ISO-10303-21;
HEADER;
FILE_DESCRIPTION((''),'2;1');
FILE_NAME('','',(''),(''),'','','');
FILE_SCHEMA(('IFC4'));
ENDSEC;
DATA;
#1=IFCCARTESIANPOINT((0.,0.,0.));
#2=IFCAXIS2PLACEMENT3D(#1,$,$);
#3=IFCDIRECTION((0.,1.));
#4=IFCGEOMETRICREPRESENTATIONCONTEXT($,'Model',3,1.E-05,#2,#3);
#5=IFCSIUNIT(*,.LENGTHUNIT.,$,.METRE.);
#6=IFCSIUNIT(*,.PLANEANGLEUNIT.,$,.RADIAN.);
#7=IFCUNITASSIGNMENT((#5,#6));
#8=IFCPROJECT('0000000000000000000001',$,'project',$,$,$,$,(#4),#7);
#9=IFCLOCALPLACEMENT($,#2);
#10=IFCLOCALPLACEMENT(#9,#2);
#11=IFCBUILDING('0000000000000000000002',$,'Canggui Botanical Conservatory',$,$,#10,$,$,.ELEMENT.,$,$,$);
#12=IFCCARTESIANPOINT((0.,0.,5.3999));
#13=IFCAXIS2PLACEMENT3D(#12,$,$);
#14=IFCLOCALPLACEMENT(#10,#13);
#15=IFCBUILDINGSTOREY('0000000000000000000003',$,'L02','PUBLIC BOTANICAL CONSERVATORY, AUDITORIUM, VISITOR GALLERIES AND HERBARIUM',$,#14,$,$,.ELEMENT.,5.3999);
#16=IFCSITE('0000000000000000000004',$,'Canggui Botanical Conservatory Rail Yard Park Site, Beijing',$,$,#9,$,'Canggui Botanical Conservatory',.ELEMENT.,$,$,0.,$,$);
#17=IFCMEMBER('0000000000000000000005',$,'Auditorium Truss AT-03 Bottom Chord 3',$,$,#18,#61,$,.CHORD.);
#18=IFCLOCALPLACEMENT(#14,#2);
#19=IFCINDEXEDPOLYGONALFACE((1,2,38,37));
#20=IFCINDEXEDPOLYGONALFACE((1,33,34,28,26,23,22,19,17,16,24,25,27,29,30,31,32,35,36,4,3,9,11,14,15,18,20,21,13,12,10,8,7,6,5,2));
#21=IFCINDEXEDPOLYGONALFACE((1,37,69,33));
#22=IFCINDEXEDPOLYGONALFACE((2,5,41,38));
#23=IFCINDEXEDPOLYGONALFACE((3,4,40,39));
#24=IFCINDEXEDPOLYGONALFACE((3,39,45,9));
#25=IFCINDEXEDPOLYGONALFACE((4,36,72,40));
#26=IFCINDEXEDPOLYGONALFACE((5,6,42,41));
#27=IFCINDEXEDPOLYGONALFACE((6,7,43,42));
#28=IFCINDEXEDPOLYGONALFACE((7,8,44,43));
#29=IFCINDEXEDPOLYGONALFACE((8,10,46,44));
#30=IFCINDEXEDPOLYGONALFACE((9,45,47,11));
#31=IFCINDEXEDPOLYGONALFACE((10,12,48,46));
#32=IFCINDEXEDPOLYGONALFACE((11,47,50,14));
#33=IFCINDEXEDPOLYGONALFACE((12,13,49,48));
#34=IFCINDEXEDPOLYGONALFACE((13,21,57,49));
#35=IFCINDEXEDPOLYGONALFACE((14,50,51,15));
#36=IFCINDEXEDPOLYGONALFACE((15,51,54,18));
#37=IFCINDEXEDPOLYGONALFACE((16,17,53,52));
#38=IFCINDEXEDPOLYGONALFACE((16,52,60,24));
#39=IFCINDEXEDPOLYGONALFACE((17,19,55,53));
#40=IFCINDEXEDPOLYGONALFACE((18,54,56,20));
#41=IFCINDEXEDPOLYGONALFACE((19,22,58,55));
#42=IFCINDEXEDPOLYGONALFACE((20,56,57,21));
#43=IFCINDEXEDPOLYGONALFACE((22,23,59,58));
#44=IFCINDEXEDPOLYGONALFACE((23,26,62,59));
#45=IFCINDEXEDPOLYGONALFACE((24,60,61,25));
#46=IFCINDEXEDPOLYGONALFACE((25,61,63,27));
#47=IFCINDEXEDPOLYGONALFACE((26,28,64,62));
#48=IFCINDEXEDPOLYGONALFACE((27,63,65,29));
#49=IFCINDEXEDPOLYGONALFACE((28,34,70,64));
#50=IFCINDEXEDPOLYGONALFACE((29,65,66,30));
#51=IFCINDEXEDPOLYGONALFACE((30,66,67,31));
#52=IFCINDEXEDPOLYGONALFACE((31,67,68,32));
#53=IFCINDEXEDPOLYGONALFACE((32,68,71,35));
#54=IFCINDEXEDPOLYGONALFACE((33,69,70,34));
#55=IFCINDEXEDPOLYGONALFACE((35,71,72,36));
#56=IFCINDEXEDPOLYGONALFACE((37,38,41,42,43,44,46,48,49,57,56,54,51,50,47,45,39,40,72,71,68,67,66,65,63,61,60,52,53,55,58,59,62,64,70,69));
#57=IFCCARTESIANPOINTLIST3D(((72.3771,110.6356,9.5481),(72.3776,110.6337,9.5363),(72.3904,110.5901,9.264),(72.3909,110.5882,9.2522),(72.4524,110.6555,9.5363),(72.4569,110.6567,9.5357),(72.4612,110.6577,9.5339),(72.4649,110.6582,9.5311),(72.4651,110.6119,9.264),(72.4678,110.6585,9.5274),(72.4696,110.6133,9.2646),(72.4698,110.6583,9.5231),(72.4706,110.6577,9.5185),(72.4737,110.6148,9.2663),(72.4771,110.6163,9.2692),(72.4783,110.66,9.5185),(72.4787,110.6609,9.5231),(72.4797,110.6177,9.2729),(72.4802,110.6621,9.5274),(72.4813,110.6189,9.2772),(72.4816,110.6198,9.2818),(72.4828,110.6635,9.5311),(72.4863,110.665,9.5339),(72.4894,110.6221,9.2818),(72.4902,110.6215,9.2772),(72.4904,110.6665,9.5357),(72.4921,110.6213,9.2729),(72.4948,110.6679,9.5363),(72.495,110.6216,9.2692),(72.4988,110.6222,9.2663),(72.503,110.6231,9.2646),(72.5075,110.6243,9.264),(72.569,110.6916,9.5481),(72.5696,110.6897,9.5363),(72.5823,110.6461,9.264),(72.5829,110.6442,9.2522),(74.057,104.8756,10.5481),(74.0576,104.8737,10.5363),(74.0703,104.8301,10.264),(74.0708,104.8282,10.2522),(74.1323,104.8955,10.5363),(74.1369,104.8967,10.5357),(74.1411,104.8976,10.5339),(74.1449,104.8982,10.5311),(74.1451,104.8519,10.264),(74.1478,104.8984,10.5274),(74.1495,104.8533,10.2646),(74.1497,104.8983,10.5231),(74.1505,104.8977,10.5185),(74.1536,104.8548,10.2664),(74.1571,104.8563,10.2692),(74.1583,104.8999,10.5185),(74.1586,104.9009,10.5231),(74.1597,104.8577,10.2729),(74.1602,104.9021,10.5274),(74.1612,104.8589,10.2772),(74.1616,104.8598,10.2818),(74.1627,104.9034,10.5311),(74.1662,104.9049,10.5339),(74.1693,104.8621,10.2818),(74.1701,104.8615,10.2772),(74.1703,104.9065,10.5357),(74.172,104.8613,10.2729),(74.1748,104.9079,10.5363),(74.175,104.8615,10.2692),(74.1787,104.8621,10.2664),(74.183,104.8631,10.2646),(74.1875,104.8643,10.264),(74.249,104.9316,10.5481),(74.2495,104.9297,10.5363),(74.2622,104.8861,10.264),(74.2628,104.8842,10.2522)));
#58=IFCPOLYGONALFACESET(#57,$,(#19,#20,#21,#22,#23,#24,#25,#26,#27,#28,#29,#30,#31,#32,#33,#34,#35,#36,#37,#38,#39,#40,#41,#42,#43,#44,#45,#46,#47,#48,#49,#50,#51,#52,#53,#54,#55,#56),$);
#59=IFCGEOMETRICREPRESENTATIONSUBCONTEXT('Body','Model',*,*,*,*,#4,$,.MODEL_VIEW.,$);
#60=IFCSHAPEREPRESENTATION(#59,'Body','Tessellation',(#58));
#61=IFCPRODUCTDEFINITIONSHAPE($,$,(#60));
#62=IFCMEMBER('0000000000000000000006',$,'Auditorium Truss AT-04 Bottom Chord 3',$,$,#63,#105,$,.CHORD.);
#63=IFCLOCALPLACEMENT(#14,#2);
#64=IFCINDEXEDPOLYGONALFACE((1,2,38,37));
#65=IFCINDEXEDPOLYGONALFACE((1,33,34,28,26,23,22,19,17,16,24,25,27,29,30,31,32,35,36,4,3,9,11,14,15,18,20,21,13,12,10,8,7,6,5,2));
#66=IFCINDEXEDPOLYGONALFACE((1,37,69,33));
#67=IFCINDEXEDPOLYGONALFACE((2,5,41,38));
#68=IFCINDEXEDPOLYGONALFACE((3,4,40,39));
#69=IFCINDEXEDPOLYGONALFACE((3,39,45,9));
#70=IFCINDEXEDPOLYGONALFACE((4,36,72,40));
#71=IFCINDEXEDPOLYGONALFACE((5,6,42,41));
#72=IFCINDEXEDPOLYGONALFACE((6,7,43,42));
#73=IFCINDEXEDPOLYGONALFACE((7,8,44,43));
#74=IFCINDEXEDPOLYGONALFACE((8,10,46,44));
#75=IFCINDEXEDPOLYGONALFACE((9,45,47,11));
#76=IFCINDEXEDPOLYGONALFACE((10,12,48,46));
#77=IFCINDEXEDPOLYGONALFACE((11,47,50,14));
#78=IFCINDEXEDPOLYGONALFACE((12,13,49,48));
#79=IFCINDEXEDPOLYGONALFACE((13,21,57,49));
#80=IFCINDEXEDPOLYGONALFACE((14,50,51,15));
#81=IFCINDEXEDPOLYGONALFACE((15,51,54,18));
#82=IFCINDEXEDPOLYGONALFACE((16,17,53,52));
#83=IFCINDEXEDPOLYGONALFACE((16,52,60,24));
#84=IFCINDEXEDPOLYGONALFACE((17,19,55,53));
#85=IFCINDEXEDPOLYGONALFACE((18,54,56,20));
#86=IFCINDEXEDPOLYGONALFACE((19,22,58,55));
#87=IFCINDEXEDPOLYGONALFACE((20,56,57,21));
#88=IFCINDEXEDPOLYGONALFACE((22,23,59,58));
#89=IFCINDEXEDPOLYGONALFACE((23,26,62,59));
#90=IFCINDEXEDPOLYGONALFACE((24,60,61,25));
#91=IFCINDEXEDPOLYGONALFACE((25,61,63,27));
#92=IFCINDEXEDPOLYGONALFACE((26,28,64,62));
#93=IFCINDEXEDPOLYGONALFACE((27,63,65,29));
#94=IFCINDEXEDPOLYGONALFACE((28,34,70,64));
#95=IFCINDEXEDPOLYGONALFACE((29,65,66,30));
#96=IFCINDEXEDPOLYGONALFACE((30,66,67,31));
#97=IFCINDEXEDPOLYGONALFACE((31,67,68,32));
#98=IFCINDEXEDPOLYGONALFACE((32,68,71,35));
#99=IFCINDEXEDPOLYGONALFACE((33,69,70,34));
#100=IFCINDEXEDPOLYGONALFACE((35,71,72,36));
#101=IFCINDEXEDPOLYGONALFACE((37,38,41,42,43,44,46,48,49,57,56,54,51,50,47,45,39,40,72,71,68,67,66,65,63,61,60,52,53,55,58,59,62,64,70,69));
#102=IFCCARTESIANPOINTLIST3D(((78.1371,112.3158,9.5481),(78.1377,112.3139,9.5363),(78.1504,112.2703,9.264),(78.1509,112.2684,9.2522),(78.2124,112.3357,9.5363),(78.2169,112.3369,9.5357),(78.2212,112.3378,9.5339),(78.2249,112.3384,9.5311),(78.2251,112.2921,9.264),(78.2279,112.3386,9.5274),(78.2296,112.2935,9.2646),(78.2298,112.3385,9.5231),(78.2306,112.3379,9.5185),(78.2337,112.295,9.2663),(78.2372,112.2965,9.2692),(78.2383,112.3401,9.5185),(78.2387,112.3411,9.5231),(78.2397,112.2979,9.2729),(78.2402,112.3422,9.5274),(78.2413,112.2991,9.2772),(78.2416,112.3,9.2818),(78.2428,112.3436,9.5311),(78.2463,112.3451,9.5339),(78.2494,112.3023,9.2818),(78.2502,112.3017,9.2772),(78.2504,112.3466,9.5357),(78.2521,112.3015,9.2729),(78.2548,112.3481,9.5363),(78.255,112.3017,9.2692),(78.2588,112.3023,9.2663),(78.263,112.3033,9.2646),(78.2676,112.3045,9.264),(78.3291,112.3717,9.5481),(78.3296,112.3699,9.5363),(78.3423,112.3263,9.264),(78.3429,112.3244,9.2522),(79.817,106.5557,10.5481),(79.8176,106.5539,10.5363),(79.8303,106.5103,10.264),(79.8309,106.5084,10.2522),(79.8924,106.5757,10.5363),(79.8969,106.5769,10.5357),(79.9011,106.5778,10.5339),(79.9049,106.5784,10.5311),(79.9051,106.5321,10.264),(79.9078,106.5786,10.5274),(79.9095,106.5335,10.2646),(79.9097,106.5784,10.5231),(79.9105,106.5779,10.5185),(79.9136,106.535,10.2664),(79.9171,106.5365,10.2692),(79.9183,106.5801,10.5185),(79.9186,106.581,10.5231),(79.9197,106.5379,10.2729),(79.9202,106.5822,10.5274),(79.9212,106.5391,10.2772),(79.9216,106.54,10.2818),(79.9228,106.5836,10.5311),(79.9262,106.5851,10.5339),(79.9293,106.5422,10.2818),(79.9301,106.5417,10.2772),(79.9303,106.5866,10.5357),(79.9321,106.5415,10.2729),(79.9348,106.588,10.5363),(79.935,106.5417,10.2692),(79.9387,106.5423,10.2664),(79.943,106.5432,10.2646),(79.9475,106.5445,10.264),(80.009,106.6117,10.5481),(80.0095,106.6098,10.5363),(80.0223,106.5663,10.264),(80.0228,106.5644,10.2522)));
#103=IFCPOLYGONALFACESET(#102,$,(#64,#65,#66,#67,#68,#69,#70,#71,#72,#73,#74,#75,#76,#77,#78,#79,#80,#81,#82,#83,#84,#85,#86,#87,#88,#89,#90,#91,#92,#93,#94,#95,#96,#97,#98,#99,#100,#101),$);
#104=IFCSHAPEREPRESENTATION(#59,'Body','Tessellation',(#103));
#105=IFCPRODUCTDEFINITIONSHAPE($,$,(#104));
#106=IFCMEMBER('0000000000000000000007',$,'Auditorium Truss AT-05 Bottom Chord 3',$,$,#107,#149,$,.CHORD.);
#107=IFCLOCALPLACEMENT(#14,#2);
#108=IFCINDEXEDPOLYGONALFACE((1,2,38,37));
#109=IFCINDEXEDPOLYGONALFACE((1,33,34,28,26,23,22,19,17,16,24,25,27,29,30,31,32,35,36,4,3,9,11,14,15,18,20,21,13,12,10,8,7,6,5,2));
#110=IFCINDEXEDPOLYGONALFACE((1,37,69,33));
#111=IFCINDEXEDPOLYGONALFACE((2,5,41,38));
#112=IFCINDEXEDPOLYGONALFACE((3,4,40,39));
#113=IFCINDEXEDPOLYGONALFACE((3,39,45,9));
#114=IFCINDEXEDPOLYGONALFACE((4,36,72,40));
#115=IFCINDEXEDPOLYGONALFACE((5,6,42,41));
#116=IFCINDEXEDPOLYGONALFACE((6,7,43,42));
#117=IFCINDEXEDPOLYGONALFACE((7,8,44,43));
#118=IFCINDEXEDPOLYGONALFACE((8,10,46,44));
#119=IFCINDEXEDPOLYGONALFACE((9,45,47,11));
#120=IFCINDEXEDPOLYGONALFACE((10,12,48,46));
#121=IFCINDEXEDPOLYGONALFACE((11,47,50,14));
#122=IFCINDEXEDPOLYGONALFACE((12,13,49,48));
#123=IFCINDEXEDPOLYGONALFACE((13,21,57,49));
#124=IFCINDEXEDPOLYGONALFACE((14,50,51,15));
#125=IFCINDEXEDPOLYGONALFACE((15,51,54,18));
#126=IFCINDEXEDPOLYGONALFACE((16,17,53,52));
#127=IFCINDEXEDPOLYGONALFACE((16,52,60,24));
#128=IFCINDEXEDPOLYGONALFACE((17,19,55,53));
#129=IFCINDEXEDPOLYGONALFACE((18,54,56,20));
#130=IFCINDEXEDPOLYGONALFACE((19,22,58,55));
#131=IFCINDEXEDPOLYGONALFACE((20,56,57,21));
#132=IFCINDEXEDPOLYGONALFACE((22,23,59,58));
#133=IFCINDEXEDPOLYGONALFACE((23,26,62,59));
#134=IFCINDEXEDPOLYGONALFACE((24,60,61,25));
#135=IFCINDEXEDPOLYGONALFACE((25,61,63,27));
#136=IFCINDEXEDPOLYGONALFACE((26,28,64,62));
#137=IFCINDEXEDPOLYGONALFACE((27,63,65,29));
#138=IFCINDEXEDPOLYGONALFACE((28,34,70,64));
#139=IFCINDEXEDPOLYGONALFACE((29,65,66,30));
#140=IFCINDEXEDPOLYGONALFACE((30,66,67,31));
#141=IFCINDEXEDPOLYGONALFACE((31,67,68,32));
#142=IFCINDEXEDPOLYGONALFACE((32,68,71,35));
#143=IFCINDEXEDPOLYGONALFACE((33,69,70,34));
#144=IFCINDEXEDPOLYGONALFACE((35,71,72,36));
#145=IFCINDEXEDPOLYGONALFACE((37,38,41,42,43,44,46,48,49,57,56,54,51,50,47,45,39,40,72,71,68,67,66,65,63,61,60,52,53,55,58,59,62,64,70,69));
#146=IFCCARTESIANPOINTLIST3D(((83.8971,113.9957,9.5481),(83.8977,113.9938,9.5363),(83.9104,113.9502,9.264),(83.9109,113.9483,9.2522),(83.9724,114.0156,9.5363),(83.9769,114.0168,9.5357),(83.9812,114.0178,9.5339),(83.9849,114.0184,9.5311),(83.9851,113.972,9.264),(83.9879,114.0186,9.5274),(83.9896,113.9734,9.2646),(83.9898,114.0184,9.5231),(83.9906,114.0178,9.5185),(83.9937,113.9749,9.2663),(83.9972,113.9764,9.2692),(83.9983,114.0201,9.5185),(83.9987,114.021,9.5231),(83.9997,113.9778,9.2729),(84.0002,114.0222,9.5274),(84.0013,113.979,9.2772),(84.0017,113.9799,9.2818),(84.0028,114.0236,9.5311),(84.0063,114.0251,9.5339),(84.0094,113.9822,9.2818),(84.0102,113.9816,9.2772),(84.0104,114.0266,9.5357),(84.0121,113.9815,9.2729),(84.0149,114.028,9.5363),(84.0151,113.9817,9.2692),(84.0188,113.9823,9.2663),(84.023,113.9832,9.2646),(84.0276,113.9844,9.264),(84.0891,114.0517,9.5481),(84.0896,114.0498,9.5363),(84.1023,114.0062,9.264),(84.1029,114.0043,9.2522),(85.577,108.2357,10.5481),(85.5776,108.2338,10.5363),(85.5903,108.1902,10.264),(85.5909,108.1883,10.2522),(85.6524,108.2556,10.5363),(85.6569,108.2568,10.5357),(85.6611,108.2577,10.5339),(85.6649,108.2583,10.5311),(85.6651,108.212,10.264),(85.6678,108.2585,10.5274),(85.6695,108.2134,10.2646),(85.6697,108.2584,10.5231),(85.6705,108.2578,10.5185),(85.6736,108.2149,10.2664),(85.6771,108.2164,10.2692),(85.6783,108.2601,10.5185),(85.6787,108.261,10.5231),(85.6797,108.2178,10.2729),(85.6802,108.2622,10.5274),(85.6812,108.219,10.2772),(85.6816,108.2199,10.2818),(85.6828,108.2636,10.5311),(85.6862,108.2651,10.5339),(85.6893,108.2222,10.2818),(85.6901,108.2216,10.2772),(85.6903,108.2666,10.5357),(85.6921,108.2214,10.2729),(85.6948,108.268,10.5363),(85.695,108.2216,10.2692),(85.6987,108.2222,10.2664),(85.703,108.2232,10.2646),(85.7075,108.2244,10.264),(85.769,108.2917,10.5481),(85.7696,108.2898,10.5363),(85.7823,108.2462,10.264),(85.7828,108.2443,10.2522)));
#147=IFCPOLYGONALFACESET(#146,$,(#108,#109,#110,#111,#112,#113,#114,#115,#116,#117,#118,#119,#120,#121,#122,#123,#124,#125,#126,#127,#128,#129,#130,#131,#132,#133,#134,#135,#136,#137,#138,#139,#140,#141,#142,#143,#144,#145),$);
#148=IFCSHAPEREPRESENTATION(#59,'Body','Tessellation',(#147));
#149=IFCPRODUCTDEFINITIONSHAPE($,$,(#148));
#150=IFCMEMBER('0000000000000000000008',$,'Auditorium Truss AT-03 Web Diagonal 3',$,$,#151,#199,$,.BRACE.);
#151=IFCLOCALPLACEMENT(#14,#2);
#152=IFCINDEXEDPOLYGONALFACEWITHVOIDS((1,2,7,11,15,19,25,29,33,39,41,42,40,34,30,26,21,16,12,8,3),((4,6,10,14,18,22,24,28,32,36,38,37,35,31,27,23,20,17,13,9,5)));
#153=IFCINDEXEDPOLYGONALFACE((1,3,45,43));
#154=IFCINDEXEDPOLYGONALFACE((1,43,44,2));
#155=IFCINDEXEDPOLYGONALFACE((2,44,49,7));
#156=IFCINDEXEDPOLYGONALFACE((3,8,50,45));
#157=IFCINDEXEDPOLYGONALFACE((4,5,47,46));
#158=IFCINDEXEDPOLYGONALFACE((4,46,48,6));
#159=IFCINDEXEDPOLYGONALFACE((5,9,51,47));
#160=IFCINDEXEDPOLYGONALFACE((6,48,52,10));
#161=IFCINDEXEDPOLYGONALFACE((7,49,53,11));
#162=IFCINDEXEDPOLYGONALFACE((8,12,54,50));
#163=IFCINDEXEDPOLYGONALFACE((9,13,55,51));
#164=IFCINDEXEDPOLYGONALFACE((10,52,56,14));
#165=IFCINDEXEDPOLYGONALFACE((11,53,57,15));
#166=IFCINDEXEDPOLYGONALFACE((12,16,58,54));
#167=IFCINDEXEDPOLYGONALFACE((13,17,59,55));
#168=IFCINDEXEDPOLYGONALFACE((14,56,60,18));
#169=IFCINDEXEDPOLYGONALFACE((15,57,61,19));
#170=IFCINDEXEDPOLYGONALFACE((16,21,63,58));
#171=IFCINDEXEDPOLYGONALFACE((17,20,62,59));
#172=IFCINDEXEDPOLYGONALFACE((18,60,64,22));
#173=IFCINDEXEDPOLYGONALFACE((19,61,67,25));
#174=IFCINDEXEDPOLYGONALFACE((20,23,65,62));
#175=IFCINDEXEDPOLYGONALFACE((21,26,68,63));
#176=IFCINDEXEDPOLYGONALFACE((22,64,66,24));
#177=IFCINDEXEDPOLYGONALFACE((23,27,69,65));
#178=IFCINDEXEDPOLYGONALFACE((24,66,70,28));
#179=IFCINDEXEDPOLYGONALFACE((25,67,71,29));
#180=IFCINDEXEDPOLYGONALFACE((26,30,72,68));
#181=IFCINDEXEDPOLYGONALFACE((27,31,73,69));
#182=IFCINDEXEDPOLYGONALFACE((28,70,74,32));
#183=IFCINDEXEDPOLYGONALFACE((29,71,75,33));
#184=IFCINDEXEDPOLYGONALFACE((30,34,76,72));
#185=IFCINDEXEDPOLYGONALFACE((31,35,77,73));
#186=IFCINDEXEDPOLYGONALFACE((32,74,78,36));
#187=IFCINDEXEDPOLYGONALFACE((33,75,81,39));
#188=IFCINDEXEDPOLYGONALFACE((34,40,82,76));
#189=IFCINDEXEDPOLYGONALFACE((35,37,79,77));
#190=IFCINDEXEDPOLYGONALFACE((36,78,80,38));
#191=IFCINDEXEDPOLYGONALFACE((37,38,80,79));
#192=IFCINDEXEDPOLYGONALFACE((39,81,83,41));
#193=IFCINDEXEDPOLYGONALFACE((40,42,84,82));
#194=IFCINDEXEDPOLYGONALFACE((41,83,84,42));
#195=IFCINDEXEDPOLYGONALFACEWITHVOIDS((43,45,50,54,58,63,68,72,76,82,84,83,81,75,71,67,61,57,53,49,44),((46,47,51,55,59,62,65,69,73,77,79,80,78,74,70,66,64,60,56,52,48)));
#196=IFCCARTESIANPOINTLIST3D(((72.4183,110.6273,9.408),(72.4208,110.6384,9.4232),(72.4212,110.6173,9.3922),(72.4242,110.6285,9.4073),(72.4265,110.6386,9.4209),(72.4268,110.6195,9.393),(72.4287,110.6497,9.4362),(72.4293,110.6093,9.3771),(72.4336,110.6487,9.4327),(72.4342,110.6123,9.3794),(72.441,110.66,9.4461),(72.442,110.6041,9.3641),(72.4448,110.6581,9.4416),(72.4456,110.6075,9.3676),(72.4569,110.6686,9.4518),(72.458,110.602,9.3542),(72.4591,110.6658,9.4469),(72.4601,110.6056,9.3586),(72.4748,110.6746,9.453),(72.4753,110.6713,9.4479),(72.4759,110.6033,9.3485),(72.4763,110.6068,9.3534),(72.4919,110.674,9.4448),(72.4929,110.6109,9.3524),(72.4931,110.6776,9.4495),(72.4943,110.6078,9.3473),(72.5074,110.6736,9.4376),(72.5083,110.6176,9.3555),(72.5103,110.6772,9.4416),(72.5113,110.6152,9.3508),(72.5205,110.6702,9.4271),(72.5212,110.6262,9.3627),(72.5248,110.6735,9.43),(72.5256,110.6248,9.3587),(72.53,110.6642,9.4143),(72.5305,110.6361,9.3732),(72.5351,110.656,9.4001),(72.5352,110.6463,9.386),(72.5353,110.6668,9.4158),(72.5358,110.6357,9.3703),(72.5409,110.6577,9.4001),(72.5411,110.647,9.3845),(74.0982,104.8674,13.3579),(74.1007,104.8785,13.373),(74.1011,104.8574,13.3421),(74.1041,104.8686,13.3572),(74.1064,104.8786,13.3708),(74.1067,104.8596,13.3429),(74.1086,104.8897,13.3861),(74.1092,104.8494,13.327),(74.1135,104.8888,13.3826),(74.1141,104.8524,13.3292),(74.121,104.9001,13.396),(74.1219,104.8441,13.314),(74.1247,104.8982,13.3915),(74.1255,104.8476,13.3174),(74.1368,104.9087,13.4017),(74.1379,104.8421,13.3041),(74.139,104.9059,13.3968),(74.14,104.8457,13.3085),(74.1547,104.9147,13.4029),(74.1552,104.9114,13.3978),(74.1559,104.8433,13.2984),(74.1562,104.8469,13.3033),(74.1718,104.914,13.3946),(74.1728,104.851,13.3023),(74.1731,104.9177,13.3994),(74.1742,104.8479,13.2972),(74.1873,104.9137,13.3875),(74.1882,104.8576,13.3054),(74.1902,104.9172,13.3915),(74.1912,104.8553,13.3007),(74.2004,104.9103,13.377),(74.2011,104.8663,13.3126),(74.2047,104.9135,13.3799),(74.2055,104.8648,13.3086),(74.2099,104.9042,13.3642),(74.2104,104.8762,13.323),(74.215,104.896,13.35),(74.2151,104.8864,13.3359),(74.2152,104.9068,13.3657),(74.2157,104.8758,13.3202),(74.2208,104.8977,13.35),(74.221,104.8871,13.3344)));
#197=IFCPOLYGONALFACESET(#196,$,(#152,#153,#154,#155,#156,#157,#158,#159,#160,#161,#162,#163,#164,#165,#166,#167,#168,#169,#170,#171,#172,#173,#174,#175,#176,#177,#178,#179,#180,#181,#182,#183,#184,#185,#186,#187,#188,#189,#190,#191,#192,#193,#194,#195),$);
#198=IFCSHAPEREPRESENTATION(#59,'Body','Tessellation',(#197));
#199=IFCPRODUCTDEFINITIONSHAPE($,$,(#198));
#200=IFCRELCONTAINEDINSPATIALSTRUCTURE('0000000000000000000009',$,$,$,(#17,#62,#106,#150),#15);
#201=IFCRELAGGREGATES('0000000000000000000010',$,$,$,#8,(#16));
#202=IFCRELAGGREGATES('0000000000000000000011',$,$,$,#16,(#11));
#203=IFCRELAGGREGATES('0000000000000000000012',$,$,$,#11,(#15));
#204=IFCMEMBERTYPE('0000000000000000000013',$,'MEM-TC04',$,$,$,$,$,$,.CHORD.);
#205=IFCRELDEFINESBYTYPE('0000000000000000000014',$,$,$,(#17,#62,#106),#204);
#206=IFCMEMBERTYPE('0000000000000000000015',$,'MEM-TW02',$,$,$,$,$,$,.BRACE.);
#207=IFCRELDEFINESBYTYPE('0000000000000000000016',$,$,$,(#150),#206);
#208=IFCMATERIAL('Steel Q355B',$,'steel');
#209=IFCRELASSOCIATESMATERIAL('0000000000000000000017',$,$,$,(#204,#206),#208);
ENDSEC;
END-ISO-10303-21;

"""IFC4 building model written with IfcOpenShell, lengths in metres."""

from ifc_helpers import new_model, si_unit, direction, frame, origin, origin_2d, place, context, subcontext, project, spatial, hollow_circle, i_section, extrude, material, material_profile, profile_set, type_object, element, save


model = new_model("IFC4")

# Units and contexts
model_context = context("Model", 3, precision=1e-05, world=origin(), true_north=direction((0.0, 1.0)))
body_context = subcontext(model_context, "Body", "Model", "MODEL_VIEW")
ifc_project = project(units=[si_unit("LENGTHUNIT", "METRE"), si_unit("PLANEANGLEUNIT", "RADIAN")], contexts=[model_context])

# Site, building, storey
site_placement = place(None, origin())
site = spatial("IfcSite", under=ifc_project, at=site_placement, Name="Canggui Botanical Conservatory Rail Yard Park Site, Beijing", LongName="Canggui Botanical Conservatory", CompositionType="ELEMENT", RefElevation=0.0)
building_placement = place(site_placement, origin())
building = spatial("IfcBuilding", under=site, at=building_placement, Name="Canggui Botanical Conservatory", CompositionType="ELEMENT")
storey_placement = place(building_placement, frame((0.0, 0.0, 5.3999)))
storey = spatial("IfcBuildingStorey", under=building, at=storey_placement, Name="L02", Description="PUBLIC BOTANICAL CONSERVATORY, AUDITORIUM, VISITOR GALLERIES AND HERBARIUM", CompositionType="ELEMENT", Elevation=5.3999)

# Shared definitions
ifc_material_1 = material(Name="Steel Q355B", Category="steel")

# Members
ifc_material_profile_1 = material_profile(ifc_material_1, i_section(OverallWidth=0.2, OverallDepth=0.3, WebThickness=0.0081, FlangeThickness=0.012, FilletRadius=0.0181, at=origin_2d()), Name="HM 300x200x8x12")
ifc_profile_set_1 = profile_set([ifc_material_profile_1], Name="Steel Q355B")
member_type_1 = type_object("IfcMemberType", Name="MEM-TC04", PredefinedType="CHORD", material=ifc_profile_set_1)
for number, where, z_axis, x_axis, name in (
    (1, (74.1599, 104.8799, 10.4001), (-0.276179, 0.946941, -0.164399), (-0.960003, -0.279989, 0.0), "Auditorium Truss AT-03 Bottom Chord 3"),
    (2, (79.9199, 106.5601, 10.4001), (-0.276179, 0.946941, -0.164399), (-0.960003, -0.279989, 0.0), "Auditorium Truss AT-04 Bottom Chord 3"),
    (3, (85.6799, 108.24, 10.4001), (-0.276179, 0.946941, -0.164399), (-0.960003, -0.279989, 0.0), "Auditorium Truss AT-05 Bottom Chord 3"),
):
    element("IfcMember", number, at=place(storey_placement, frame(where, z_axis=z_axis, x_axis=x_axis)), inside=storey, type_object=member_type_1, Name=name, PredefinedType="CHORD", context=body_context, shape_type="SweptSolid", body=[
        extrude(i_section(OverallWidth=0.2, OverallDepth=0.3, WebThickness=0.0081, FlangeThickness=0.012, FilletRadius=0.0181, at=origin_2d()), origin(), (0.0, 0.0, 1.0), 6.0828),
    ])
ifc_material_profile_2 = material_profile(ifc_material_1, hollow_circle(Radius=0.0635, WallThickness=0.0061, at=origin_2d()), Name="CHS 127x6")
ifc_profile_set_2 = profile_set([ifc_material_profile_2], Name="Steel Q355B")
member_type_2 = type_object("IfcMemberType", Name="MEM-TW02", PredefinedType="BRACE", material=ifc_profile_set_2)
member_1_placement = place(storey_placement, frame((72.48, 110.6399, 9.4001), z_axis=(0.233861, -0.801844, 0.549868), x_axis=(0.960003, 0.279989, 0.0)))
element("IfcMember", 4, at=member_1_placement, inside=storey, type_object=member_type_2, Name="Auditorium Truss AT-03 Web Diagonal 3", PredefinedType="BRACE", context=body_context, shape_type="SweptSolid", body=[
    extrude(hollow_circle(Radius=0.0635, WallThickness=0.0061, at=origin_2d()), origin(), (0.0, 0.0, 1.0), 7.1833),
])

save(model, "model.ifc")
